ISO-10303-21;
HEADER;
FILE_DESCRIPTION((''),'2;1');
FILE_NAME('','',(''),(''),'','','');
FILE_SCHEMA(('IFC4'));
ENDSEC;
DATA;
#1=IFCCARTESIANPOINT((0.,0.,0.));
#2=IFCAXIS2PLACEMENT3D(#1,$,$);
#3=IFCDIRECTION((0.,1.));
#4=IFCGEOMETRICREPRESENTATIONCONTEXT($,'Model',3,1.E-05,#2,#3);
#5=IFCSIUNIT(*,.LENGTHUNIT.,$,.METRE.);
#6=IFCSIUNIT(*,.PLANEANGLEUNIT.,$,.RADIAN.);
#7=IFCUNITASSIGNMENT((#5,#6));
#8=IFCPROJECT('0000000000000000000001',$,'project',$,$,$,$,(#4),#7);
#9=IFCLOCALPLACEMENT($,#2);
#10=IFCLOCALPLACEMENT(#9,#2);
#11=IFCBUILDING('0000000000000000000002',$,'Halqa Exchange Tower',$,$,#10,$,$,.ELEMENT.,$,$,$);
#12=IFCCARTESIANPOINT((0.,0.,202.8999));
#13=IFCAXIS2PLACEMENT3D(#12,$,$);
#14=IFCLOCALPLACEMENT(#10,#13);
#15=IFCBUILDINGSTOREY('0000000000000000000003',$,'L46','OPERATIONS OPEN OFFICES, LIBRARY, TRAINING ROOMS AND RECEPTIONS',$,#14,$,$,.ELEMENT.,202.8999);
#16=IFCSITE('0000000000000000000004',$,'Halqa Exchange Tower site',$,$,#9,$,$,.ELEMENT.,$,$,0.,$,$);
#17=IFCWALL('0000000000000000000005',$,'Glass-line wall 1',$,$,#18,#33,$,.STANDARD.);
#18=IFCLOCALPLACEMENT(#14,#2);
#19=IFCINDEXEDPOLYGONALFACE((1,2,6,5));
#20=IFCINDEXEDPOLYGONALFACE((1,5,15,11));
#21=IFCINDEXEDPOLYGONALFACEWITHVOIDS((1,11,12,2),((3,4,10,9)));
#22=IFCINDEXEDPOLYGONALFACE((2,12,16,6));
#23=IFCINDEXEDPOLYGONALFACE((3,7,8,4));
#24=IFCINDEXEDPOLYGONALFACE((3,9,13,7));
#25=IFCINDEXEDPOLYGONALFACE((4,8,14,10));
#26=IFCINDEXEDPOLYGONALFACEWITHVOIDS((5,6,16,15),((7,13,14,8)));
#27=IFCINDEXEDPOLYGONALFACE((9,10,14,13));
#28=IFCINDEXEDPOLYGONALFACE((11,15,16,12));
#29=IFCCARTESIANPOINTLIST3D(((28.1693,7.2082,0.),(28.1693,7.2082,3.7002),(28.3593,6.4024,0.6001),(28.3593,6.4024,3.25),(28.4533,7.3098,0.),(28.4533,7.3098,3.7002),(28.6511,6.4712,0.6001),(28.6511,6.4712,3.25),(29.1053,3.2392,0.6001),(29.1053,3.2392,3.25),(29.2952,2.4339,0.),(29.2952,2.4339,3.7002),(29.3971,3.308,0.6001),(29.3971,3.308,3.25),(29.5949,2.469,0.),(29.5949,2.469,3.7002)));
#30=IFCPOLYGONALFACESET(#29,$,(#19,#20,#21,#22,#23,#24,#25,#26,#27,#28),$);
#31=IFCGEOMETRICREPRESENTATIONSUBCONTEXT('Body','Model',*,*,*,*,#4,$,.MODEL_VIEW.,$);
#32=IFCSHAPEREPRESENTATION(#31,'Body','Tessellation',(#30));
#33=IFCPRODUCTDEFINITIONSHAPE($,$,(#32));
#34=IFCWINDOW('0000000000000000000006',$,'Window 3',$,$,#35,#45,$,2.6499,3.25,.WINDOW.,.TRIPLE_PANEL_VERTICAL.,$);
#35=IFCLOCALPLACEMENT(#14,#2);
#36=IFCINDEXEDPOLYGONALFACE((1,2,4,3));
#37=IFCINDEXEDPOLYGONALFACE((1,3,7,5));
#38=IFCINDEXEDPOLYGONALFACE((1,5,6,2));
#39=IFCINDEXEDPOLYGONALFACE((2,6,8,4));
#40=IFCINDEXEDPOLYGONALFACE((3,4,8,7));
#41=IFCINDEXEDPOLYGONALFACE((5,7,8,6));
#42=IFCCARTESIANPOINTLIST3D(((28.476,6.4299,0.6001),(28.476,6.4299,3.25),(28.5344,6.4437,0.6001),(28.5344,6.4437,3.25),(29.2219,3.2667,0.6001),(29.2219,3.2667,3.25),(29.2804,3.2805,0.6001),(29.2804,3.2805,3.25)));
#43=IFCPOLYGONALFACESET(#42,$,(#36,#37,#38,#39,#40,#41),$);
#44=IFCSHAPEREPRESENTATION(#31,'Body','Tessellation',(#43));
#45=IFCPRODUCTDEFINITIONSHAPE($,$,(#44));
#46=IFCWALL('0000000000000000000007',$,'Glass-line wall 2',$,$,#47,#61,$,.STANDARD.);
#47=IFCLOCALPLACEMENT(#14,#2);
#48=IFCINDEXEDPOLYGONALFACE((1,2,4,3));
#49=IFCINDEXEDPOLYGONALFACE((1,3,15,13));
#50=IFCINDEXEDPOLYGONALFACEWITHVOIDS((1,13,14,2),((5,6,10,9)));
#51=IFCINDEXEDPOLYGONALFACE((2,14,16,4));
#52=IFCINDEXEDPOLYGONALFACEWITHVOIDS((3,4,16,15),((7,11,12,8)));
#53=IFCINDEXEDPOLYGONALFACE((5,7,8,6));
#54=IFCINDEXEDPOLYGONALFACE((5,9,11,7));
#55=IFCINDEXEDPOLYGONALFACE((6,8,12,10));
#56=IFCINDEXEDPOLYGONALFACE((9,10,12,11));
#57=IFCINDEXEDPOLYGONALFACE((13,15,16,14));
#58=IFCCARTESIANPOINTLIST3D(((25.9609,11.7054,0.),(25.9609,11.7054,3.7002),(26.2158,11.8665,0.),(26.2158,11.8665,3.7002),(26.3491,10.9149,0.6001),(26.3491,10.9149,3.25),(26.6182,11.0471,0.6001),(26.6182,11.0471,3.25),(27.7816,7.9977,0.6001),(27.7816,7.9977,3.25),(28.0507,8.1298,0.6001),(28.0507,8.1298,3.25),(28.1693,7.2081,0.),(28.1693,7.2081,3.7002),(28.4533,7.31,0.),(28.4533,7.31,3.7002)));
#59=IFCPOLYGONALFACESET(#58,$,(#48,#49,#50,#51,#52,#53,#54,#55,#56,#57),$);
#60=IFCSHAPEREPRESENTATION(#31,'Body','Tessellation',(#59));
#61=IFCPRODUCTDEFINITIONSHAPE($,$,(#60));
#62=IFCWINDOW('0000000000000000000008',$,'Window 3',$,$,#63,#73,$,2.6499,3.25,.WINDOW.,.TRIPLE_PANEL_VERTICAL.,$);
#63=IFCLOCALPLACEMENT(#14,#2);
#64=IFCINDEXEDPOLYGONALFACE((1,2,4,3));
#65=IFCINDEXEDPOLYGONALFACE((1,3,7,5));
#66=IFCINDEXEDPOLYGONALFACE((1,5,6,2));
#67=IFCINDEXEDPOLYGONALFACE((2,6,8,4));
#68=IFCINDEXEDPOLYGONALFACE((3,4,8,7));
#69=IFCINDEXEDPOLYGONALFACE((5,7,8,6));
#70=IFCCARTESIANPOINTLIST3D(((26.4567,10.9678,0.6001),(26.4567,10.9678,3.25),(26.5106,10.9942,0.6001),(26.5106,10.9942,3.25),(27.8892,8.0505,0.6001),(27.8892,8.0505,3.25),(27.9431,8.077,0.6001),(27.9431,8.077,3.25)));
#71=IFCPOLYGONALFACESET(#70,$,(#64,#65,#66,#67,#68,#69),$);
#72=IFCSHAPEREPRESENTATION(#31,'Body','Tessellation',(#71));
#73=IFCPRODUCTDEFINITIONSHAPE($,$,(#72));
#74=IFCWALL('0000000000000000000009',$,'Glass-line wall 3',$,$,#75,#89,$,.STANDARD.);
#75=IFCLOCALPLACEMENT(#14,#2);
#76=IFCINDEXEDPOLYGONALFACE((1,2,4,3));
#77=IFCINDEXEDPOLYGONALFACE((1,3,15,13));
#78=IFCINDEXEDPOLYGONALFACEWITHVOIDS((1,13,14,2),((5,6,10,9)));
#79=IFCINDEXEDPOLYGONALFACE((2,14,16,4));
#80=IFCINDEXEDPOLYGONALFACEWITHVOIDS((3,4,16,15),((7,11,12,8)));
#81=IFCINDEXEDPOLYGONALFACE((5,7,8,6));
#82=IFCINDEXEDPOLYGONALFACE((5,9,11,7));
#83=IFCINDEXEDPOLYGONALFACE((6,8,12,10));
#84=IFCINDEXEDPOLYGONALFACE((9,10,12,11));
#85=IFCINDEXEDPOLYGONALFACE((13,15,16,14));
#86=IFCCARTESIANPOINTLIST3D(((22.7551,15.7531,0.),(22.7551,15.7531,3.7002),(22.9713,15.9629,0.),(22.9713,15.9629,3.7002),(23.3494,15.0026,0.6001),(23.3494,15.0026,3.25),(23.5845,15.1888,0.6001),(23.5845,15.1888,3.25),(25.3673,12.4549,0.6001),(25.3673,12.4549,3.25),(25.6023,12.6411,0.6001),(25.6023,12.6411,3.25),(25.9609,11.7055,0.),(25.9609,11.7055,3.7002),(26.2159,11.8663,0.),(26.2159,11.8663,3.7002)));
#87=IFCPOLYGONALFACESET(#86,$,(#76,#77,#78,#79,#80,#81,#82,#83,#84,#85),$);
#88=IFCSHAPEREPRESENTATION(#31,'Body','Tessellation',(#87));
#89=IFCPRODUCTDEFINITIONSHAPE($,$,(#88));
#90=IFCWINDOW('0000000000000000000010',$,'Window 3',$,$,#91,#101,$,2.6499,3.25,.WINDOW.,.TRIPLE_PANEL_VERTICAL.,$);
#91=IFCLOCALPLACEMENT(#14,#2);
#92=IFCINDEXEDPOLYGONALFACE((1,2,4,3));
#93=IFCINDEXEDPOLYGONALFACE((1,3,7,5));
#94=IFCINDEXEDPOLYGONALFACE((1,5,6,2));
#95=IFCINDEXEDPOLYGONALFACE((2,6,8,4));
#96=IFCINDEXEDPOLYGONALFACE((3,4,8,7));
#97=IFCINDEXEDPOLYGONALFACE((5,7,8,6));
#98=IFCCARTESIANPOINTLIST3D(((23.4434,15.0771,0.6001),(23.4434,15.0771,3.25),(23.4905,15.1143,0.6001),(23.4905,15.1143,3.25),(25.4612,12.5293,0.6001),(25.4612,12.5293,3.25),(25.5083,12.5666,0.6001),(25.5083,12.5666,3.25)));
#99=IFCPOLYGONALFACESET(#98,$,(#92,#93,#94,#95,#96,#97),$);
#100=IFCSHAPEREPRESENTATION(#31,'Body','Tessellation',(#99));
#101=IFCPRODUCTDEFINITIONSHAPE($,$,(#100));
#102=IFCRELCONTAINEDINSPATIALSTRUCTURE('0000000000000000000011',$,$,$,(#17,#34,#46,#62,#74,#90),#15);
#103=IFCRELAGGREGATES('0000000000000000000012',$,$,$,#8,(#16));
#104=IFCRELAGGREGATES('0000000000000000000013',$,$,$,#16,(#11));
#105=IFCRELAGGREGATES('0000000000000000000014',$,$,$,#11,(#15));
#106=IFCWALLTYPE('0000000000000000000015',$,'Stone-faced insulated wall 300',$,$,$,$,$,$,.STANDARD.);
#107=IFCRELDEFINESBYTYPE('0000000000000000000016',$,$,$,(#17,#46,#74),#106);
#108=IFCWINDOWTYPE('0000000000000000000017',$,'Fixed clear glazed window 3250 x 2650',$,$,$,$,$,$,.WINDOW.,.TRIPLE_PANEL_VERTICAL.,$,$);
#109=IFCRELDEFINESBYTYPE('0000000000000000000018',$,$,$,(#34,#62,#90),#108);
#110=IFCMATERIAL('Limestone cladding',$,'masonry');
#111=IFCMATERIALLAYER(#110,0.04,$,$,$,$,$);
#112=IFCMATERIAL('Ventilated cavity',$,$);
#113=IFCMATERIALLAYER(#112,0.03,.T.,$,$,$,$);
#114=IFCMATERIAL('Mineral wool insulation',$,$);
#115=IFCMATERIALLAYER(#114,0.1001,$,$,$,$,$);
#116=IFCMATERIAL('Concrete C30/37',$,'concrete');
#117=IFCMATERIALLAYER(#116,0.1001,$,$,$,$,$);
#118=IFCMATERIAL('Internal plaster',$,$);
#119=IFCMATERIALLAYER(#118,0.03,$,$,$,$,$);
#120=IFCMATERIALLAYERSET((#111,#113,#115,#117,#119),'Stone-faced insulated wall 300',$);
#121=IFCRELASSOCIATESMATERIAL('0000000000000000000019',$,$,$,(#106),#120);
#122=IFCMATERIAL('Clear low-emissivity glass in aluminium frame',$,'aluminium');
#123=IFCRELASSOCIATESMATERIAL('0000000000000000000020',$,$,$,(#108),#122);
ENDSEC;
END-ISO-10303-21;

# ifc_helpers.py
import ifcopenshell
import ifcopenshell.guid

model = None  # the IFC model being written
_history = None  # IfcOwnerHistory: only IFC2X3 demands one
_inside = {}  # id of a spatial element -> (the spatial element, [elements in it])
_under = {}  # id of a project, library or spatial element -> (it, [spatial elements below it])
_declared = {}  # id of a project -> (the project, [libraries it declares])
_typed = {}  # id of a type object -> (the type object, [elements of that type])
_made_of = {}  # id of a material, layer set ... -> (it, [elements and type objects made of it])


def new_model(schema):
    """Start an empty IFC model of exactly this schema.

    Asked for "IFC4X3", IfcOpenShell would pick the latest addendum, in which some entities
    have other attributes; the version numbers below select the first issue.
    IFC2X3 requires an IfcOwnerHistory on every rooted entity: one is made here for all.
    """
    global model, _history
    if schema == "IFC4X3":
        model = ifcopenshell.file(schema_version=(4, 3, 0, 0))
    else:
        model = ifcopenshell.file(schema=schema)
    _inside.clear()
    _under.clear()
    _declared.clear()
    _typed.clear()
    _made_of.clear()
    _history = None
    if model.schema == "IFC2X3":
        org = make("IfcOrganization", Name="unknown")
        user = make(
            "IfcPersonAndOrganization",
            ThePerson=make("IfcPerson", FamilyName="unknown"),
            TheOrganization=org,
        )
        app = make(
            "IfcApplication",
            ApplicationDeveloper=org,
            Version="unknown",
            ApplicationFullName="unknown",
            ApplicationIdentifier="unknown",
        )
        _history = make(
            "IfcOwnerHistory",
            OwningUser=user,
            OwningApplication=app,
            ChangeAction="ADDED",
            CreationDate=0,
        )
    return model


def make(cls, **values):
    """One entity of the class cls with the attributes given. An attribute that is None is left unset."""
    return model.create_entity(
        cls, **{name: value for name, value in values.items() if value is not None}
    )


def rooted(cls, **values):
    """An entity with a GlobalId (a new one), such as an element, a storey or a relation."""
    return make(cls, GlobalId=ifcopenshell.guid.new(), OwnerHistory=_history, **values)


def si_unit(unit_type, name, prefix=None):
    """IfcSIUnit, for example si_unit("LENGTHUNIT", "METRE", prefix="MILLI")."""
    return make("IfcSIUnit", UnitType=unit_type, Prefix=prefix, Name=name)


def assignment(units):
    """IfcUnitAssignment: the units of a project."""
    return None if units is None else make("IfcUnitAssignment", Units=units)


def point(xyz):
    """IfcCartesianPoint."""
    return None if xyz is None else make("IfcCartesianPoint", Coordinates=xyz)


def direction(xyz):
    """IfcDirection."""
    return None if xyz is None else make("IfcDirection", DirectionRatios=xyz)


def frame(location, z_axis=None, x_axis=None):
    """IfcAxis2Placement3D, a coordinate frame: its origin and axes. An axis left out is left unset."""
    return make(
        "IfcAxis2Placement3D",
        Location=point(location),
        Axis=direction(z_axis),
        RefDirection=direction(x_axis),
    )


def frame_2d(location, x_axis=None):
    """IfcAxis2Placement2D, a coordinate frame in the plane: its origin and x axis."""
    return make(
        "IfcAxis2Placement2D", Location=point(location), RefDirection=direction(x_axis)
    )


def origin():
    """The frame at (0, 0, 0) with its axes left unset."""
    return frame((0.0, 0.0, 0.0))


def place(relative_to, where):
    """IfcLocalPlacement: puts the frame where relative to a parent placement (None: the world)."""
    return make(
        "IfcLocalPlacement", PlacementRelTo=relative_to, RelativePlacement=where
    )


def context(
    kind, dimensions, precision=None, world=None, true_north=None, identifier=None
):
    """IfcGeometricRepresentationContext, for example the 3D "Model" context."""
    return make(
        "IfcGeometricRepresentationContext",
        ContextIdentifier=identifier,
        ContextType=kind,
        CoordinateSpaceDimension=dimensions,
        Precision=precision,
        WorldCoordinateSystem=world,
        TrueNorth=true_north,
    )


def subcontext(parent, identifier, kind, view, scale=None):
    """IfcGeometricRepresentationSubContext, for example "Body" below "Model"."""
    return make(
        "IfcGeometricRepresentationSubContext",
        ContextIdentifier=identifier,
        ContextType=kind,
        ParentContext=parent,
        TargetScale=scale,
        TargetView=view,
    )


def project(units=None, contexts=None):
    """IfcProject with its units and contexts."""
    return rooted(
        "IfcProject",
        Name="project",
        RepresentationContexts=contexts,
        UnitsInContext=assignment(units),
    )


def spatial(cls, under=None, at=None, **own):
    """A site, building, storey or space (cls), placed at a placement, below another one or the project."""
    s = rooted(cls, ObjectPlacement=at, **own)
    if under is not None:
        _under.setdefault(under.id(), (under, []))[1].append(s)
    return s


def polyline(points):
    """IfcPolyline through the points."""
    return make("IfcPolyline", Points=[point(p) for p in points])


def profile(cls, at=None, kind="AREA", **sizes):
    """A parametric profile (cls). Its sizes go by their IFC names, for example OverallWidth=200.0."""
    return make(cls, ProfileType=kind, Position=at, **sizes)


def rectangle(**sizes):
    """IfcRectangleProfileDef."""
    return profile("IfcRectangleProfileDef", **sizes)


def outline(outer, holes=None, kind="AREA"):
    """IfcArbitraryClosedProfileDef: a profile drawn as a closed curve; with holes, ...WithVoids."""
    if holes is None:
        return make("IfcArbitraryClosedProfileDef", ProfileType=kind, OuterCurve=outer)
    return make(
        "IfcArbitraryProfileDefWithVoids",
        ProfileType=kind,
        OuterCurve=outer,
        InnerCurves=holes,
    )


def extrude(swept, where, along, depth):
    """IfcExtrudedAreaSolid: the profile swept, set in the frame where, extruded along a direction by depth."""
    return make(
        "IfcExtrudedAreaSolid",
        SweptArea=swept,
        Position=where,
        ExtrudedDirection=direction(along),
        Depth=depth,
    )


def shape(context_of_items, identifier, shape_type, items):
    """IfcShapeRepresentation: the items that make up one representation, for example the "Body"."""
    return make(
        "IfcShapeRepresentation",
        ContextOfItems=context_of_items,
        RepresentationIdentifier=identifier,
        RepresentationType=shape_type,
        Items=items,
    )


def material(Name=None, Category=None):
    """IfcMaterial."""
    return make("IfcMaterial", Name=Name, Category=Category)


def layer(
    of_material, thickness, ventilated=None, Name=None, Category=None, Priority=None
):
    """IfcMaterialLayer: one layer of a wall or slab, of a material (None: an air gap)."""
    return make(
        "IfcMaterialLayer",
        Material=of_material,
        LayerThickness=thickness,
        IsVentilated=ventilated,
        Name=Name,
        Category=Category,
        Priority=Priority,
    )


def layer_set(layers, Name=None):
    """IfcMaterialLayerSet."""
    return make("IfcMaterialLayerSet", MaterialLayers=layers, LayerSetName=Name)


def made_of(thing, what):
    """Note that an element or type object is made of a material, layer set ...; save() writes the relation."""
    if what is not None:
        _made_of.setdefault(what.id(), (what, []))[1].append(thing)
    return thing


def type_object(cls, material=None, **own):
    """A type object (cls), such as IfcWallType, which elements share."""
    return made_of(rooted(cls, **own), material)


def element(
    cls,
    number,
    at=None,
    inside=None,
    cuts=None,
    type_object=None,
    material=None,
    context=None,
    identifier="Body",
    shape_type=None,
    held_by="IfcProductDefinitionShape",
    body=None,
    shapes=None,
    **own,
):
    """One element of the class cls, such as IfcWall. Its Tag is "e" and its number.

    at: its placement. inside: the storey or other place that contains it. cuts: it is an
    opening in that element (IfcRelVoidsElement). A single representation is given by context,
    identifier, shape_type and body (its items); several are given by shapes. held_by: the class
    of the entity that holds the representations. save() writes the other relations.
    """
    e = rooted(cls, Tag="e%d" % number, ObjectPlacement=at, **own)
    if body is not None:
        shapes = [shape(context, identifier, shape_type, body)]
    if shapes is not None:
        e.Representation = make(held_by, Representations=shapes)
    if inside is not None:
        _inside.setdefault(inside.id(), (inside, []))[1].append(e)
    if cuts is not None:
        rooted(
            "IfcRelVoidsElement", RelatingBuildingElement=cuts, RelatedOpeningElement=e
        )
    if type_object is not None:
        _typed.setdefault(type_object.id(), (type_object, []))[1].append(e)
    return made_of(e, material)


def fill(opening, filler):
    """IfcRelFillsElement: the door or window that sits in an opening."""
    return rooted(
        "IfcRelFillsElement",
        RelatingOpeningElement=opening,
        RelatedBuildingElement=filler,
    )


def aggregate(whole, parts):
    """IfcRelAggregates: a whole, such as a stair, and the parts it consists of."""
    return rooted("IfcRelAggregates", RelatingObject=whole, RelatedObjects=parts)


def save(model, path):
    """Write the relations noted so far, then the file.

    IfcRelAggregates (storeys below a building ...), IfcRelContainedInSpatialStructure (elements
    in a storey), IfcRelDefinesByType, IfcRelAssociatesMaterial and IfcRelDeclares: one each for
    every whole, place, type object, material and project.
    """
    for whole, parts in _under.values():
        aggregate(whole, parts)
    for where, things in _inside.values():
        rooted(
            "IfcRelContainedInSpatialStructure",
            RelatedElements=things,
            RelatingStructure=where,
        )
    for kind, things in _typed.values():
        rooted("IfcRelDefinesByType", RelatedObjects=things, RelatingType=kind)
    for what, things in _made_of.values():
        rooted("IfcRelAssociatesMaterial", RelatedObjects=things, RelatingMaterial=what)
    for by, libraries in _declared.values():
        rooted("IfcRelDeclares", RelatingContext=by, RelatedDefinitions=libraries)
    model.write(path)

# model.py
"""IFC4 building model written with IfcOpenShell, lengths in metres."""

from ifc_helpers import new_model, si_unit, direction, frame, frame_2d, origin, place, context, subcontext, project, spatial, polyline, rectangle, outline, extrude, material, layer, layer_set, type_object, element, fill, save


model = new_model("IFC4")

# Units and contexts
model_context = context("Model", 3, precision=1e-05, world=origin(), true_north=direction((0.0, 1.0)))
body_context = subcontext(model_context, "Body", "Model", "MODEL_VIEW")
ifc_project = project(units=[si_unit("LENGTHUNIT", "METRE"), si_unit("PLANEANGLEUNIT", "RADIAN")], contexts=[model_context])

# Site, building, storey
site_placement = place(None, origin())
site = spatial("IfcSite", under=ifc_project, at=site_placement, Name="Halqa Exchange Tower site", CompositionType="ELEMENT", RefElevation=0.0)
building_placement = place(site_placement, origin())
building = spatial("IfcBuilding", under=site, at=building_placement, Name="Halqa Exchange Tower", CompositionType="ELEMENT")
storey_placement = place(building_placement, frame((0.0, 0.0, 202.8999)))
storey = spatial("IfcBuildingStorey", under=building, at=storey_placement, Name="L46", Description="OPERATIONS OPEN OFFICES, LIBRARY, TRAINING ROOMS AND RECEPTIONS", CompositionType="ELEMENT", Elevation=202.8999)

# Walls, openings, windows
ifc_material_1 = material(Name="Limestone cladding", Category="masonry")
ifc_layer_1 = layer(ifc_material_1, 0.04)
ifc_material_2 = material(Name="Ventilated cavity")
ifc_layer_2 = layer(ifc_material_2, 0.03, ventilated=True)
ifc_material_3 = material(Name="Mineral wool insulation")
ifc_layer_3 = layer(ifc_material_3, 0.1001)
ifc_material_4 = material(Name="Concrete C30/37", Category="concrete")
ifc_layer_4 = layer(ifc_material_4, 0.1001)
ifc_material_5 = material(Name="Internal plaster")
ifc_layer_5 = layer(ifc_material_5, 0.03)
ifc_layer_set_1 = layer_set([ifc_layer_1, ifc_layer_2, ifc_layer_3, ifc_layer_4, ifc_layer_5], Name="Stone-faced insulated wall 300")
wall_type_1 = type_object("IfcWallType", Name="Stone-faced insulated wall 300", PredefinedType="STANDARD", material=ifc_layer_set_1)
wall_1_placement = place(storey_placement, frame((29.4451, 2.4514, 0.0), z_axis=(0.0, 0.0, 1.0), x_axis=(-0.229535, 0.9733, 0.0)))
wall_1 = element("IfcWall", 1, at=wall_1_placement, inside=storey, type_object=wall_type_1, Name="Glass-line wall 1", PredefinedType="STANDARD", context=body_context, shape_type="SweptSolid", body=[
    extrude(outline(polyline([(-0.0173, -0.1499), (4.9563, -0.1499), (4.9226, 0.1499), (0.0173, 0.1499), (-0.0173, -0.1499)])), origin(), (0.0, 0.0, 1.0), 3.7002),
])
opening_1_placement = place(wall_1_placement, frame((0.8447, 0.0, 0.6001)))
opening_1 = element("IfcOpeningElement", 2, at=opening_1_placement, cuts=wall_1, PredefinedType="OPENING", context=body_context, shape_type="SweptSolid", body=[
    extrude(rectangle(XDim=3.25, YDim=2.6499, at=frame_2d((1.625, 1.325))), frame((0.0, 0.1621, 0.0), z_axis=(0.0, -1.0, 0.0), x_axis=(1.0, 0.0, 0.0)), (0.0, 0.0, 1.0), 0.324),
])
ifc_material_6 = material(Name="Clear low-emissivity glass in aluminium frame", Category="aluminium")
window_type = type_object("IfcWindowType", Name="Fixed clear glazed window 3250 x 2650", PartitioningType="TRIPLE_PANEL_VERTICAL", PredefinedType="WINDOW", material=ifc_material_6)
window_1_placement = place(opening_1_placement, origin())
window_1 = element("IfcWindow", 3, at=window_1_placement, inside=storey, type_object=window_type, Name="Window 3", OverallHeight=2.6499, OverallWidth=3.25, PartitioningType="TRIPLE_PANEL_VERTICAL", PredefinedType="WINDOW", context=body_context, shape_type="SweptSolid", body=[
    extrude(rectangle(XDim=3.25, YDim=2.6499, at=frame_2d((1.625, 1.325))), frame((0.0, 0.03, 0.0), z_axis=(0.0, -1.0, 0.0), x_axis=(1.0, 0.0, 0.0)), (0.0, 0.0, 1.0), 0.0601),
])
fill(opening_1, window_1)
wall_2_placement = place(storey_placement, frame((28.3113, 7.259, 0.0), z_axis=(0.0, 0.0, 1.0), x_axis=(-0.440773, 0.897619, 0.0)))
wall_2 = element("IfcWall", 4, at=wall_2_placement, inside=storey, type_object=wall_type_1, Name="Glass-line wall 2", PredefinedType="STANDARD", context=body_context, shape_type="SweptSolid", body=[
    extrude(outline(polyline([(-0.0168, -0.1499), (5.0593, -0.1499), (5.0271, 0.1499), (0.0168, 0.1499), (-0.0168, -0.1499)])), origin(), (0.0, 0.0, 1.0), 3.7002),
])
opening_2_placement = place(wall_2_placement, frame((0.8965, 0.0, 0.6001)))
opening_2 = element("IfcOpeningElement", 5, at=opening_2_placement, cuts=wall_2, PredefinedType="OPENING", context=body_context, shape_type="SweptSolid", body=[
    extrude(rectangle(XDim=3.25, YDim=2.6499, at=frame_2d((1.625, 1.325))), frame((0.0, 0.1621, 0.0), z_axis=(0.0, -1.0, 0.0), x_axis=(1.0, 0.0, 0.0)), (0.0, 0.0, 1.0), 0.324),
])
window_2_placement = place(opening_2_placement, origin())
window_2 = element("IfcWindow", 6, at=window_2_placement, inside=storey, type_object=window_type, Name="Window 3", OverallHeight=2.6499, OverallWidth=3.25, PartitioningType="TRIPLE_PANEL_VERTICAL", PredefinedType="WINDOW", context=body_context, shape_type="SweptSolid", body=[
    extrude(rectangle(XDim=3.25, YDim=2.6499, at=frame_2d((1.625, 1.325))), frame((0.0, 0.03, 0.0), z_axis=(0.0, -1.0, 0.0), x_axis=(1.0, 0.0, 0.0)), (0.0, 0.0, 1.0), 0.0601),
])
fill(opening_2, window_2)
wall_3_placement = place(storey_placement, frame((26.0884, 11.7859, 0.0), z_axis=(0.0, 0.0, 1.0), x_axis=(-0.62087, 0.783913, 0.0)))
wall_3 = element("IfcWall", 7, at=wall_3_placement, inside=storey, type_object=wall_type_1, Name="Glass-line wall 3", PredefinedType="STANDARD", context=body_context, shape_type="SweptSolid", body=[
    extrude(outline(polyline([(-0.0161, -0.1499), (5.2097, -0.1499), (5.1794, 0.1499), (0.0161, 0.1499), (-0.0161, -0.1499)])), origin(), (0.0, 0.0, 1.0), 3.7002),
])
opening_3_placement = place(wall_3_placement, frame((0.9722, 0.0, 0.6001)))
opening_3 = element("IfcOpeningElement", 8, at=opening_3_placement, cuts=wall_3, PredefinedType="OPENING", context=body_context, shape_type="SweptSolid", body=[
    extrude(rectangle(XDim=3.25, YDim=2.6499, at=frame_2d((1.625, 1.325))), frame((0.0, 0.1621, 0.0), z_axis=(0.0, -1.0, 0.0), x_axis=(1.0, 0.0, 0.0)), (0.0, 0.0, 1.0), 0.324),
])
window_3_placement = place(opening_3_placement, origin())
window_3 = element("IfcWindow", 9, at=window_3_placement, inside=storey, type_object=window_type, Name="Window 3", OverallHeight=2.6499, OverallWidth=3.25, PartitioningType="TRIPLE_PANEL_VERTICAL", PredefinedType="WINDOW", context=body_context, shape_type="SweptSolid", body=[
    extrude(rectangle(XDim=3.25, YDim=2.6499, at=frame_2d((1.625, 1.325))), frame((0.0, 0.03, 0.0), z_axis=(0.0, -1.0, 0.0), x_axis=(1.0, 0.0, 0.0)), (0.0, 0.0, 1.0), 0.0601),
])
fill(opening_3, window_3)

save(model, "model.ifc")
